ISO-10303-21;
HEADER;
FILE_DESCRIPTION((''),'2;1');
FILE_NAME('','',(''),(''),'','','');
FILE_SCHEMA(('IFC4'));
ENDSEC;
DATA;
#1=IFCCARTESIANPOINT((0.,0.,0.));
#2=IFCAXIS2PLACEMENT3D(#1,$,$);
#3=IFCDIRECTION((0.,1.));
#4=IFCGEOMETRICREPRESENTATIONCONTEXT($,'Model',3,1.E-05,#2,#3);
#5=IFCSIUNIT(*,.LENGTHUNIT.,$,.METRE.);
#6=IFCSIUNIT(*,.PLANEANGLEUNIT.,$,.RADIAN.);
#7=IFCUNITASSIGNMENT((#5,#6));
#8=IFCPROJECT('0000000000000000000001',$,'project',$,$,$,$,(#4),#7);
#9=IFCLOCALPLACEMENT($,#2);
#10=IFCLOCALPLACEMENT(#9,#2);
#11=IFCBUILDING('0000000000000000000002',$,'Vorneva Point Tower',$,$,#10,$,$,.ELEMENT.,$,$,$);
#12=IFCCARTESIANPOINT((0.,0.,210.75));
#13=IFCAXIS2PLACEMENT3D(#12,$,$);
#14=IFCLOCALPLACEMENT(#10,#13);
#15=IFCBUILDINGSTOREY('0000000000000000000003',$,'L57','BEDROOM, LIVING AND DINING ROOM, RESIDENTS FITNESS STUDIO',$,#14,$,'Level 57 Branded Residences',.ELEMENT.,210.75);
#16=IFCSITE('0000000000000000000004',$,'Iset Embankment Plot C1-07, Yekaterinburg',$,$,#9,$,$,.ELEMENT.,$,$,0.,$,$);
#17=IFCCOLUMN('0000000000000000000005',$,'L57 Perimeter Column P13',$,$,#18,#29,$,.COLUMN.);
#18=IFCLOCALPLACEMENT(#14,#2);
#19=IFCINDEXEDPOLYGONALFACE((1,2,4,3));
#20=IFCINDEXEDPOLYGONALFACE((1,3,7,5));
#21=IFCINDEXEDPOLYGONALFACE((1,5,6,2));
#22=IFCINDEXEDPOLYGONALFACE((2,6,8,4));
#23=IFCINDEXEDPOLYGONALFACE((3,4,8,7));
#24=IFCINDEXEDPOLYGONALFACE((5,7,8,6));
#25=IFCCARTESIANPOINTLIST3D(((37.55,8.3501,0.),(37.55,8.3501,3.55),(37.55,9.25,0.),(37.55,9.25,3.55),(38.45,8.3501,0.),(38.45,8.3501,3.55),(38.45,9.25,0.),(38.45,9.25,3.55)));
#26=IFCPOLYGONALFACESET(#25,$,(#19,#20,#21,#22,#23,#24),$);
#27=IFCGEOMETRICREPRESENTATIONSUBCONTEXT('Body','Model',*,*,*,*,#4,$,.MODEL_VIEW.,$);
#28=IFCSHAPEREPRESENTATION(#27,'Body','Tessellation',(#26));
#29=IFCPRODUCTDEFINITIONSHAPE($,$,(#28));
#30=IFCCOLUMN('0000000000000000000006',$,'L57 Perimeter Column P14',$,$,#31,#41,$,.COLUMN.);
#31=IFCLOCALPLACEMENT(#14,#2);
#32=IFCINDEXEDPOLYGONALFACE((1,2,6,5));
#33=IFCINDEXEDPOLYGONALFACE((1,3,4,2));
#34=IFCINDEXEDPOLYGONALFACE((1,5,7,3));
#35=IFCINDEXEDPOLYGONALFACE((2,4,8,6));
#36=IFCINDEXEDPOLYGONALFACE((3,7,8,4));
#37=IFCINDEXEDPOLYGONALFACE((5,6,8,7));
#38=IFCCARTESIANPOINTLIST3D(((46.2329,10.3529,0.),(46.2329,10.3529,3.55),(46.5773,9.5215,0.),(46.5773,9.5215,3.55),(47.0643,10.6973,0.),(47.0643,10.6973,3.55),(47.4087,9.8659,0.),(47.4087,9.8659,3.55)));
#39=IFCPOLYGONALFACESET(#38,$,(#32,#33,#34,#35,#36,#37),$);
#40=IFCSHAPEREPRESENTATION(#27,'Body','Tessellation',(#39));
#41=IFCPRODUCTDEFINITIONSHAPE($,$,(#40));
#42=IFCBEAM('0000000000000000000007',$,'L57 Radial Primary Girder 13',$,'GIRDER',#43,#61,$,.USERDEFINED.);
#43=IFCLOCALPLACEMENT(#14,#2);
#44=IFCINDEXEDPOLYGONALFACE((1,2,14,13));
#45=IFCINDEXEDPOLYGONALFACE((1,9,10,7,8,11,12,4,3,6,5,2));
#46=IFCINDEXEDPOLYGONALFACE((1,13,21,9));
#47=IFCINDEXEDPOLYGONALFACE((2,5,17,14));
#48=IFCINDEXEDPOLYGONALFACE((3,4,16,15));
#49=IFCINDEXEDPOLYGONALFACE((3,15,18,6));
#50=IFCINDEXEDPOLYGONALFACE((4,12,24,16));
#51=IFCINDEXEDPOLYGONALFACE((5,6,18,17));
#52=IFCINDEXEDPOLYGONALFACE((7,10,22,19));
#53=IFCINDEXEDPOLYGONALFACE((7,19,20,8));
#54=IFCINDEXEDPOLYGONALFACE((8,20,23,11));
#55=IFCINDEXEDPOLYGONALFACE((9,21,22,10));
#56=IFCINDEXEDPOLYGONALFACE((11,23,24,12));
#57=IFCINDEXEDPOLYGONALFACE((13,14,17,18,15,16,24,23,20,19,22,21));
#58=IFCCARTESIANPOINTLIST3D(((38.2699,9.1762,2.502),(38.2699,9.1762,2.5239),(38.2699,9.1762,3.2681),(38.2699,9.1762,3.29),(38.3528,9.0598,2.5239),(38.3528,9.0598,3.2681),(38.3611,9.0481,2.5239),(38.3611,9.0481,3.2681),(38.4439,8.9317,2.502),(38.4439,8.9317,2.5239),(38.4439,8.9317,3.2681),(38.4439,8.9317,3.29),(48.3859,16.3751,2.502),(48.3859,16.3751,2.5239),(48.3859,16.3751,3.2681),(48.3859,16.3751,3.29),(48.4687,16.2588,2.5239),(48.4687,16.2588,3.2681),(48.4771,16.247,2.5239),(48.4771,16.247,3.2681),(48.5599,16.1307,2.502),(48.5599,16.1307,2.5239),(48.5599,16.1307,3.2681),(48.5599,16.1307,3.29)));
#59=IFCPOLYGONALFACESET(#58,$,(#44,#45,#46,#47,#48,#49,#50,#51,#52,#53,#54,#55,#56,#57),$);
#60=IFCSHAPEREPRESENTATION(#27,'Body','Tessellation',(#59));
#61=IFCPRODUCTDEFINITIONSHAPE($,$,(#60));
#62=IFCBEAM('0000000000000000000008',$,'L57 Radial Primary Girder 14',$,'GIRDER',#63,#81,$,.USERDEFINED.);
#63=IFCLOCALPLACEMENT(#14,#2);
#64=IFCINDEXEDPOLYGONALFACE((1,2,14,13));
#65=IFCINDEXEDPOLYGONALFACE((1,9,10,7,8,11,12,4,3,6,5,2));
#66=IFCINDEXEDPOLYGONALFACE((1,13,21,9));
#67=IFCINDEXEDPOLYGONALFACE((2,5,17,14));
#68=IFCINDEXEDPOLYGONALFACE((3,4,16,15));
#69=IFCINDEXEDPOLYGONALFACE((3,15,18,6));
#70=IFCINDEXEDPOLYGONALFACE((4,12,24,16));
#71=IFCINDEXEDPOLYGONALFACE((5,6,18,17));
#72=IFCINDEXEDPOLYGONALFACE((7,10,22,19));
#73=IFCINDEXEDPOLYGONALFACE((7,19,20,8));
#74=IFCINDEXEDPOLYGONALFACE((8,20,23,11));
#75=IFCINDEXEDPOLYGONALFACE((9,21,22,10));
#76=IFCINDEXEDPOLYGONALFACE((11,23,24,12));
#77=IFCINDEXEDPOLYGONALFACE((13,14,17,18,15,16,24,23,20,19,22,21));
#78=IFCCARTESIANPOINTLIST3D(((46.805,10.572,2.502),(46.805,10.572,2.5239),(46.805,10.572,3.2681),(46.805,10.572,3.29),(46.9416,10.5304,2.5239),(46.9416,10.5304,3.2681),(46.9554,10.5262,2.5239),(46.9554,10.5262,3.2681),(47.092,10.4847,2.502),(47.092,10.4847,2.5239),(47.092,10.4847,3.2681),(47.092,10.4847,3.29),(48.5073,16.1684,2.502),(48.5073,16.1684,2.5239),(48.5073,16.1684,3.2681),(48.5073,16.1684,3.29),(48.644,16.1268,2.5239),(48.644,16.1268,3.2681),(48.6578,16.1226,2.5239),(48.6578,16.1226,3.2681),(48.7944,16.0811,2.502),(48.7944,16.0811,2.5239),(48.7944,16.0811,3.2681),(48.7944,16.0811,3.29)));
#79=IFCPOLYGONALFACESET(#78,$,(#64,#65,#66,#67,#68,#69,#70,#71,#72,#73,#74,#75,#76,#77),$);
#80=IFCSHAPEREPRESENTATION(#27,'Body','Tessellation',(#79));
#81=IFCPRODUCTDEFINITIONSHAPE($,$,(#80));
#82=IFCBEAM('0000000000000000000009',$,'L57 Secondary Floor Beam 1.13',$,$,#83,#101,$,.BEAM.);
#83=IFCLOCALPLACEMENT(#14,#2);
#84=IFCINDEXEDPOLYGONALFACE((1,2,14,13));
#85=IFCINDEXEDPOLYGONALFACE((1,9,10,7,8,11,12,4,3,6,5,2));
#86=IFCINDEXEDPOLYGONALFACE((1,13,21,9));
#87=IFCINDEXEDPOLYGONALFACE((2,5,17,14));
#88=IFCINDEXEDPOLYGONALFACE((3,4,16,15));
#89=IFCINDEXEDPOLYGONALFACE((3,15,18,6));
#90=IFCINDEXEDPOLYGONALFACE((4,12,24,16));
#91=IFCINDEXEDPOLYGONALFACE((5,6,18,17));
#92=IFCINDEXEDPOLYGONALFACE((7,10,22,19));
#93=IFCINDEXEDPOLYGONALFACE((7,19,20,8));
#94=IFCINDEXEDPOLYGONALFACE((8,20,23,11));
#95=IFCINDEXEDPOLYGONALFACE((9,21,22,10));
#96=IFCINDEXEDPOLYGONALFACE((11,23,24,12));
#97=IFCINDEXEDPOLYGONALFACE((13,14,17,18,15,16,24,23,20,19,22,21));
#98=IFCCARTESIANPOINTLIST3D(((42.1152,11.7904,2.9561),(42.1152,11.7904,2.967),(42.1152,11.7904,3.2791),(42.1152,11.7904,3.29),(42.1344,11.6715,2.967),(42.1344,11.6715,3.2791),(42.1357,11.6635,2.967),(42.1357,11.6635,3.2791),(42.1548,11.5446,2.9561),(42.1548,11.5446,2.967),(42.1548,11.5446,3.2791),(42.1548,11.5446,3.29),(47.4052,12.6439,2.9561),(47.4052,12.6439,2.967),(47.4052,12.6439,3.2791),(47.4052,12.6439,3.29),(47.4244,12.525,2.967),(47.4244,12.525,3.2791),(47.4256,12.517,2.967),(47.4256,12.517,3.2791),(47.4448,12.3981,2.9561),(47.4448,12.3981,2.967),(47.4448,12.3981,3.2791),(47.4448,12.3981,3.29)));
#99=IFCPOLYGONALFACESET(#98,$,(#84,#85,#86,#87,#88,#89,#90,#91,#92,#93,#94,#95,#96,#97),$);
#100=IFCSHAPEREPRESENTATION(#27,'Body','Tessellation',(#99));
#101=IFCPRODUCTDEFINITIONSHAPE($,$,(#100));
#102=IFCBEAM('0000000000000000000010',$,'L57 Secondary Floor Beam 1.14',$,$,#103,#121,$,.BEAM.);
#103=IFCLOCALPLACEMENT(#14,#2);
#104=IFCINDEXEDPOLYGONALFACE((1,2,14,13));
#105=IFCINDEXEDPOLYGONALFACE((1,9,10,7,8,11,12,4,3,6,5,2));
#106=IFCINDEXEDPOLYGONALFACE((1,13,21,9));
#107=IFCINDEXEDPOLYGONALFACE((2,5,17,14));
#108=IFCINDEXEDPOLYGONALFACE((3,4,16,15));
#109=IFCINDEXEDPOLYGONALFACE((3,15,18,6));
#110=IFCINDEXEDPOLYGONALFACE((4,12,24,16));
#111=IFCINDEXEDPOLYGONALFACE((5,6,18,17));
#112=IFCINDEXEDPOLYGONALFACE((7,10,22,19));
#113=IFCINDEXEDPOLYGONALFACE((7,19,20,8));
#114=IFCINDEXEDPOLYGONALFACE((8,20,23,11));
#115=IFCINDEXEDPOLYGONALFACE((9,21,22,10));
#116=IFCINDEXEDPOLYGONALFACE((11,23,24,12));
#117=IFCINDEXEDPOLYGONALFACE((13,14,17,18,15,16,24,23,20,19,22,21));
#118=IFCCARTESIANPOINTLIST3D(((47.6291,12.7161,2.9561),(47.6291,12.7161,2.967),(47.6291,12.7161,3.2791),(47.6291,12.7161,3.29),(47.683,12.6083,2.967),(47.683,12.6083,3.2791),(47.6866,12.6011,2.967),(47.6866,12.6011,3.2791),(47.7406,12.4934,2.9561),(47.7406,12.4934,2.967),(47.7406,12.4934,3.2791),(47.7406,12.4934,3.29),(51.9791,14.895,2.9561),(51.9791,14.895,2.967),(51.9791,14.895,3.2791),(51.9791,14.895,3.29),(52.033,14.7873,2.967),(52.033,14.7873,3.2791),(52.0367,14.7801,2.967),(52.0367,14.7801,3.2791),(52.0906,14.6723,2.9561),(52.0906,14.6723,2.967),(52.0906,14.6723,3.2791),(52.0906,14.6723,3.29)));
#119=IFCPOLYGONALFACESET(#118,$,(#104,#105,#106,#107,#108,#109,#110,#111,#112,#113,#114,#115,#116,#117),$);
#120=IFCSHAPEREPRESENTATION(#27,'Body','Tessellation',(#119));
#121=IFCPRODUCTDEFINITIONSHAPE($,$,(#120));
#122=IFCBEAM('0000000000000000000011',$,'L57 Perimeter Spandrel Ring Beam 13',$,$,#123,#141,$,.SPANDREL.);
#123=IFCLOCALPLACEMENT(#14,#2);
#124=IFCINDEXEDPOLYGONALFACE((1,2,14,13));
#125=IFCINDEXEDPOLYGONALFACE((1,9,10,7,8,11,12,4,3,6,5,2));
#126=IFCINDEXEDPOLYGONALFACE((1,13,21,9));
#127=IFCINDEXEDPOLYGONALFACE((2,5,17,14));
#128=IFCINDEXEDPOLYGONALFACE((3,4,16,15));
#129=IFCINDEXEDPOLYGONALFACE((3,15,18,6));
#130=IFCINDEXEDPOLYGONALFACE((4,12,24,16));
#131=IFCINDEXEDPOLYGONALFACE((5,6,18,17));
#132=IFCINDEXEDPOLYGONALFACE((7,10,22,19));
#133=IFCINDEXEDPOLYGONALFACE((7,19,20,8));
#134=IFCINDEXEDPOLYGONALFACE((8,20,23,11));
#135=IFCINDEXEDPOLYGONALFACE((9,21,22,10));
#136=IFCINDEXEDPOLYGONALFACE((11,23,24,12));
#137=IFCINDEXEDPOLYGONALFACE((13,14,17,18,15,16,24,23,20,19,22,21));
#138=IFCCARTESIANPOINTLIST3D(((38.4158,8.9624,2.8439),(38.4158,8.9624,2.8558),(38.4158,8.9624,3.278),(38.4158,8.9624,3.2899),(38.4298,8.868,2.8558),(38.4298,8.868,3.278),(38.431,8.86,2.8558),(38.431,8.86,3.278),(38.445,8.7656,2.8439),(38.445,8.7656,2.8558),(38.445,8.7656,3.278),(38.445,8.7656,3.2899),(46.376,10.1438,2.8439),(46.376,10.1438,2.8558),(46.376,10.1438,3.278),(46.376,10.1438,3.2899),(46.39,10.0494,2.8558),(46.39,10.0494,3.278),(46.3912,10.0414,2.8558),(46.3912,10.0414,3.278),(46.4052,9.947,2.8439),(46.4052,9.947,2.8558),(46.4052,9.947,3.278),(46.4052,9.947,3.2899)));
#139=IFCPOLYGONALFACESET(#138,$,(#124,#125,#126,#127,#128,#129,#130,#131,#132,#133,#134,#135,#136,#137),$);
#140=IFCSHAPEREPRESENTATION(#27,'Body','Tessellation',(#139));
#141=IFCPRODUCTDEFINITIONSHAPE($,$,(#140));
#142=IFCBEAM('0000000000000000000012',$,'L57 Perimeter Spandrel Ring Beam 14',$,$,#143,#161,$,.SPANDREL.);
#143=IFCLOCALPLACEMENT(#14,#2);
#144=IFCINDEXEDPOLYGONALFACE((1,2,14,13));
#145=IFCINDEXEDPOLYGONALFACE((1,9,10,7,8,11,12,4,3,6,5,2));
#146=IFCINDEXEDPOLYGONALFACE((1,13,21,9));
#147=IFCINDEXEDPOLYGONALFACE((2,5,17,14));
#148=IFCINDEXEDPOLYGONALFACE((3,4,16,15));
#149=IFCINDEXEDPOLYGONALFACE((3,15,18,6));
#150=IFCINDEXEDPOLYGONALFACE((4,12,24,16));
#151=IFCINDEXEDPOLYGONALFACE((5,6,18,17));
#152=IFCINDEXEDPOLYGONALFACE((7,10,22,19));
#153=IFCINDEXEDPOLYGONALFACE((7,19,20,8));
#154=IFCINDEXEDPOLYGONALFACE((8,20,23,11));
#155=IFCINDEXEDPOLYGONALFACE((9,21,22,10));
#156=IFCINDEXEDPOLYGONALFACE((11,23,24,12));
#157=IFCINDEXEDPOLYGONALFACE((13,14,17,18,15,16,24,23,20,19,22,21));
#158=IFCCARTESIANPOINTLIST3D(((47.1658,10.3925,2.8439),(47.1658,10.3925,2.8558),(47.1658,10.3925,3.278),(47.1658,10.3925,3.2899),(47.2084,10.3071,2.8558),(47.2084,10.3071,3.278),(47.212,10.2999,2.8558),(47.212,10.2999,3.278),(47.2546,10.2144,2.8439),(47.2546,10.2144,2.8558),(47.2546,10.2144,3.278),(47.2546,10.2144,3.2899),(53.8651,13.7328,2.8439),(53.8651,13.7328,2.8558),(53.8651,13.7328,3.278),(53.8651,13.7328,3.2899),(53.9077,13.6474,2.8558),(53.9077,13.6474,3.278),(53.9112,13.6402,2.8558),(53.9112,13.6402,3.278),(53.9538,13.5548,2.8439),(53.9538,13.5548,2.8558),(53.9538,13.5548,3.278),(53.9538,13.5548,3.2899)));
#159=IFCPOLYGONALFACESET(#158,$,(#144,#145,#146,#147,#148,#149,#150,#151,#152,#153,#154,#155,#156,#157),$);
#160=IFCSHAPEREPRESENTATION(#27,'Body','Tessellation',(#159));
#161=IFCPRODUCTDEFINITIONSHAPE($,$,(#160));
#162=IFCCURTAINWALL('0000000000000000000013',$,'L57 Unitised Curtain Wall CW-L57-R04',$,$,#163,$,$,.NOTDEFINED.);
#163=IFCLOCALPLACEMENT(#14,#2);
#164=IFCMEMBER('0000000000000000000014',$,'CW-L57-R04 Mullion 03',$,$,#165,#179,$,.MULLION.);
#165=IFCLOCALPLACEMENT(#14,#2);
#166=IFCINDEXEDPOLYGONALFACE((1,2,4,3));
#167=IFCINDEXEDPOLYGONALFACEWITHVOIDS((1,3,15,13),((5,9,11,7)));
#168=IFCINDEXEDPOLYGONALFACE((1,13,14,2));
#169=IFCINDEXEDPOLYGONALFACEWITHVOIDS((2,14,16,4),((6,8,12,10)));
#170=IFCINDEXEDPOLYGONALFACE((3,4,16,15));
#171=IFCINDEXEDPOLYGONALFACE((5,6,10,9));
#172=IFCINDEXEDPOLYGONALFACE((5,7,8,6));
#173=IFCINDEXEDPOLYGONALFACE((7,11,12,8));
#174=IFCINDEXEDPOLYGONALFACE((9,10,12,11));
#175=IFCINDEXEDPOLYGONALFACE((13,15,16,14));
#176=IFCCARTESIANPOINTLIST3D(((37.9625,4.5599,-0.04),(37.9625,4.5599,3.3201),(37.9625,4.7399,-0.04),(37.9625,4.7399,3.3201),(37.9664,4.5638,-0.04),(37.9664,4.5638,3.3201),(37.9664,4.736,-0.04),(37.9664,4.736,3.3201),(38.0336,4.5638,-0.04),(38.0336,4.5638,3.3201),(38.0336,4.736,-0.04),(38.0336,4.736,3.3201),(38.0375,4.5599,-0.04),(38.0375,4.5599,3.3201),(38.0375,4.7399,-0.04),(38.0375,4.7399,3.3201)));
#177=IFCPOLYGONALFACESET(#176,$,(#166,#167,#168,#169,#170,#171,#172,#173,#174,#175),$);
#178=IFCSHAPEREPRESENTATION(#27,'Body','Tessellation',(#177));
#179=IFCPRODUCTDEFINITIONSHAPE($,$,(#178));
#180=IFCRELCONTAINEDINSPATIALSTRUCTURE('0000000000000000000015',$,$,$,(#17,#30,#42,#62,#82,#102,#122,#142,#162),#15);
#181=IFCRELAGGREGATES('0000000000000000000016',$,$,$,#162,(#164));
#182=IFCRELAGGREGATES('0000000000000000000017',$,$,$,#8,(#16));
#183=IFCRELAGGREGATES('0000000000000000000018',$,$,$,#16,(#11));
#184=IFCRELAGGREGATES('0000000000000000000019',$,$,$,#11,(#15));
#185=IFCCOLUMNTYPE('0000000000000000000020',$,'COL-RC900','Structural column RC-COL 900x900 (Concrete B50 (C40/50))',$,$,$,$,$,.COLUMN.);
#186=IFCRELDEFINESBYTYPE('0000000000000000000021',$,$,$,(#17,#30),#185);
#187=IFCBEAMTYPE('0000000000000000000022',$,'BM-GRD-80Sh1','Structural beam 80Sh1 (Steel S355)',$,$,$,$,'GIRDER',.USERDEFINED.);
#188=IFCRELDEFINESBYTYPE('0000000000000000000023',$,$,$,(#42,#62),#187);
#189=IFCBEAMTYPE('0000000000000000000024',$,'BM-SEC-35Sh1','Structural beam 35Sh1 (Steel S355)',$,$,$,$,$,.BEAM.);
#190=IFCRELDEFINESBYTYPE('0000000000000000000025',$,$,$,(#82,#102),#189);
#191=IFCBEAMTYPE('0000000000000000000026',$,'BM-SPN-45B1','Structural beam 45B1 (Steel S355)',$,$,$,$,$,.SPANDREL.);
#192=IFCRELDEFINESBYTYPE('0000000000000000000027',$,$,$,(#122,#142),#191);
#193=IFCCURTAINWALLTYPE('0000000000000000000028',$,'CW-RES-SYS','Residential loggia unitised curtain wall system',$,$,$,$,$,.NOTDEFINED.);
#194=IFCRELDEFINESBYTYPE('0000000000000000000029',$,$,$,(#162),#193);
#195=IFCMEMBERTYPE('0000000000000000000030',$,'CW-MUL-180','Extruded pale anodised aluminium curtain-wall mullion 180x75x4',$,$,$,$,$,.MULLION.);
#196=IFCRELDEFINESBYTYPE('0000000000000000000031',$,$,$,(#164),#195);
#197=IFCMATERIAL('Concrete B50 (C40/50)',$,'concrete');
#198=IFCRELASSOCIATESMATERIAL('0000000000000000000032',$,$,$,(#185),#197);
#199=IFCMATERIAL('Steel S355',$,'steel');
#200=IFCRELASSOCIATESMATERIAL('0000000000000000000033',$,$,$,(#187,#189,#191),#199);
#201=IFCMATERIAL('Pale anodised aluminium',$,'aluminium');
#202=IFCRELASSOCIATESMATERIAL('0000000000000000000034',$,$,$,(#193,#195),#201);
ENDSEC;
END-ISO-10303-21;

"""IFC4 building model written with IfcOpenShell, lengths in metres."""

from ifc_helpers import new_model, si_unit, direction, frame, origin, origin_2d, place, context, subcontext, project, spatial, rectangle, hollow_rectangle, i_section, extrude, material, material_profile, profile_set, type_object, element, aggregate, save


model = new_model("IFC4")

# Units and contexts
model_context = context("Model", 3, precision=1e-05, world=origin(), true_north=direction((0.0, 1.0)))
body_context = subcontext(model_context, "Body", "Model", "MODEL_VIEW")
ifc_project = project(units=[si_unit("LENGTHUNIT", "METRE"), si_unit("PLANEANGLEUNIT", "RADIAN")], contexts=[model_context])

# Site, building, storey
site_placement = place(None, origin())
site = spatial("IfcSite", under=ifc_project, at=site_placement, Name="Iset Embankment Plot C1-07, Yekaterinburg", CompositionType="ELEMENT", RefElevation=0.0)
building_placement = place(site_placement, origin())
building = spatial("IfcBuilding", under=site, at=building_placement, Name="Vorneva Point Tower", CompositionType="ELEMENT")
storey_placement = place(building_placement, frame((0.0, 0.0, 210.75)))
storey = spatial("IfcBuildingStorey", under=building, at=storey_placement, Name="L57", Description="BEDROOM, LIVING AND DINING ROOM, RESIDENTS FITNESS STUDIO", LongName="Level 57 Branded Residences", CompositionType="ELEMENT", Elevation=210.75)

# Columns
ifc_material_1 = material(Name="Concrete B50 (C40/50)", Category="concrete")
ifc_material_profile_1 = material_profile(ifc_material_1, rectangle(XDim=0.8999, YDim=0.8999, at=origin_2d()), Name="RC-COL 900x900")
ifc_profile_set_1 = profile_set([ifc_material_profile_1], Name="Concrete B50 (C40/50)")
column_type = type_object("IfcColumnType", Name="COL-RC900", Description="Structural column RC-COL 900x900 (Concrete B50 (C40/50))", PredefinedType="COLUMN", material=ifc_profile_set_1)
for number, where, z_axis, x_axis, name in (
    (1, (38.0, 8.8, 0.0), (0.0, 0.0, 1.0), (0.0, -1.0, 0.0), "L57 Perimeter Column P13"),
    (2, (46.8208, 10.1094, 0.0), (0.0, 0.0, 1.0), (0.382683, -0.92388, 0.0), "L57 Perimeter Column P14"),
):
    element("IfcColumn", number, at=place(storey_placement, frame(where, z_axis=z_axis, x_axis=x_axis)), inside=storey, type_object=column_type, Name=name, PredefinedType="COLUMN", context=body_context, shape_type="SweptSolid", body=[
        extrude(rectangle(XDim=0.8999, YDim=0.8999, at=origin_2d()), origin(), (0.0, 0.0, 1.0), 3.55),
    ])

# Beams
ifc_material_2 = material(Name="Steel S355", Category="steel")
ifc_material_profile_2 = material_profile(ifc_material_2, i_section(OverallWidth=0.3, OverallDepth=0.7881, WebThickness=0.0144, FlangeThickness=0.022, at=origin_2d()), Name="80Sh1")
ifc_profile_set_2 = profile_set([ifc_material_profile_2], Name="Steel S355")
beam_type_1 = type_object("IfcBeamType", Name="BM-GRD-80Sh1", Description="Structural beam 80Sh1 (Steel S355)", ElementType="GIRDER", PredefinedType="USERDEFINED", material=ifc_profile_set_2)
beam_1_placement = place(storey_placement, frame((38.3569, 9.054, 2.896), z_axis=(0.81475, 0.579813, 0.0), x_axis=(-0.579813, 0.81475, 0.0)))
element("IfcBeam", 3, at=beam_1_placement, inside=storey, type_object=beam_type_1, Name="L57 Radial Primary Girder 13", ObjectType="GIRDER", PredefinedType="USERDEFINED", context=body_context, shape_type="SweptSolid", body=[
    extrude(i_section(OverallWidth=0.3, OverallDepth=0.7881, WebThickness=0.0144, FlangeThickness=0.022, at=origin_2d()), origin(), (0.0, 0.0, 1.0), 12.416),
])
beam_2_placement = place(storey_placement, frame((46.9485, 10.5283, 2.896), z_axis=(0.291025, 0.956715, 0.0), x_axis=(-0.956715, 0.291025, 0.0)))
element("IfcBeam", 4, at=beam_2_placement, inside=storey, type_object=beam_type_1, Name="L57 Radial Primary Girder 14", ObjectType="GIRDER", PredefinedType="USERDEFINED", context=body_context, shape_type="SweptSolid", body=[
    extrude(i_section(OverallWidth=0.3, OverallDepth=0.7881, WebThickness=0.0144, FlangeThickness=0.022, at=origin_2d()), origin(), (0.0, 0.0, 1.0), 5.8496),
])
ifc_material_profile_3 = material_profile(ifc_material_2, i_section(OverallWidth=0.249, OverallDepth=0.334, WebThickness=0.0081, FlangeThickness=0.011, at=origin_2d()), Name="35Sh1")
ifc_profile_set_3 = profile_set([ifc_material_profile_3], Name="Steel S355")
beam_type_2 = type_object("IfcBeamType", Name="BM-SEC-35Sh1", Description="Structural beam 35Sh1 (Steel S355)", PredefinedType="BEAM", material=ifc_profile_set_3)
beam_3_placement = place(storey_placement, frame((42.135, 11.6675, 3.123), z_axis=(0.987233, 0.159284, 0.0), x_axis=(-0.159284, 0.987233, 0.0)))
element("IfcBeam", 5, at=beam_3_placement, inside=storey, type_object=beam_type_2, Name="L57 Secondary Floor Beam 1.13", PredefinedType="BEAM", context=body_context, shape_type="SweptSolid", body=[
    extrude(i_section(OverallWidth=0.249, OverallDepth=0.334, WebThickness=0.0081, FlangeThickness=0.011, at=origin_2d()), origin(), (0.0, 0.0, 1.0), 5.3584),
])
beam_4_placement = place(storey_placement, frame((47.6848, 12.6047, 3.123), z_axis=(0.894106, 0.447856, 0.0), x_axis=(-0.447856, 0.894106, 0.0)))
element("IfcBeam", 6, at=beam_4_placement, inside=storey, type_object=beam_type_2, Name="L57 Secondary Floor Beam 1.14", PredefinedType="BEAM", context=body_context, shape_type="SweptSolid", body=[
    extrude(i_section(OverallWidth=0.249, OverallDepth=0.334, WebThickness=0.0081, FlangeThickness=0.011, at=origin_2d()), origin(), (0.0, 0.0, 1.0), 4.8652),
])
ifc_material_profile_4 = material_profile(ifc_material_2, i_section(OverallWidth=0.199, OverallDepth=0.446, WebThickness=0.0081, FlangeThickness=0.012, at=origin_2d()), Name="45B1")
ifc_profile_set_4 = profile_set([ifc_material_profile_4], Name="Steel S355")
beam_type_3 = type_object("IfcBeamType", Name="BM-SPN-45B1", Description="Structural beam 45B1 (Steel S355)", PredefinedType="SPANDREL", material=ifc_profile_set_4)
beam_5_placement = place(storey_placement, frame((38.4304, 8.864, 3.0669), z_axis=(0.989165, 0.146805, 0.0), x_axis=(-0.146805, 0.989165, 0.0)))
element("IfcBeam", 7, at=beam_5_placement, inside=storey, type_object=beam_type_3, Name="L57 Perimeter Spandrel Ring Beam 13", PredefinedType="SPANDREL", context=body_context, shape_type="SweptSolid", body=[
    extrude(i_section(OverallWidth=0.199, OverallDepth=0.446, WebThickness=0.0081, FlangeThickness=0.012, at=origin_2d()), origin(), (0.0, 0.0, 1.0), 8.0474),
])
beam_6_placement = place(storey_placement, frame((47.2102, 10.3035, 3.0669), z_axis=(0.894922, 0.446222, 0.0), x_axis=(-0.446222, 0.894922, 0.0)))
element("IfcBeam", 8, at=beam_6_placement, inside=storey, type_object=beam_type_3, Name="L57 Perimeter Spandrel Ring Beam 14", PredefinedType="SPANDREL", context=body_context, shape_type="SweptSolid", body=[
    extrude(i_section(OverallWidth=0.199, OverallDepth=0.446, WebThickness=0.0081, FlangeThickness=0.012, at=origin_2d()), origin(), (0.0, 0.0, 1.0), 7.4858),
])

# Curtain wall, member
ifc_material_3 = material(Name="Pale anodised aluminium", Category="aluminium")
curtain_wall_type = type_object("IfcCurtainWallType", Name="CW-RES-SYS", Description="Residential loggia unitised curtain wall system", PredefinedType="NOTDEFINED", material=ifc_material_3)
curtain_wall_placement = place(storey_placement, origin())
curtain_wall = element("IfcCurtainWall", 9, at=curtain_wall_placement, inside=storey, type_object=curtain_wall_type, Name="L57 Unitised Curtain Wall CW-L57-R04", PredefinedType="NOTDEFINED")
ifc_material_profile_5 = material_profile(ifc_material_3, hollow_rectangle(XDim=0.075, YDim=0.1799, WallThickness=0.0039, at=origin_2d()), Name="AL-MUL 180x75x4")
ifc_profile_set_5 = profile_set([ifc_material_profile_5], Name="Pale anodised aluminium")
member_type_1 = type_object("IfcMemberType", Name="CW-MUL-180", Description="Extruded pale anodised aluminium curtain-wall mullion 180x75x4", PredefinedType="MULLION", material=ifc_profile_set_5)
member_1_placement = place(storey_placement, frame((38.0, 4.6499, -0.04), z_axis=(0.0, 0.0, 1.0), x_axis=(1.0, 0.0, 0.0)))
member_1 = element("IfcMember", 10, at=member_1_placement, type_object=member_type_1, Name="CW-L57-R04 Mullion 03", PredefinedType="MULLION", context=body_context, shape_type="SweptSolid", body=[
    extrude(hollow_rectangle(XDim=0.075, YDim=0.1799, WallThickness=0.0039, at=origin_2d()), origin(), (0.0, 0.0, 1.0), 3.3601),
])
aggregate(curtain_wall, [member_1])

save(model, "model.ifc")
